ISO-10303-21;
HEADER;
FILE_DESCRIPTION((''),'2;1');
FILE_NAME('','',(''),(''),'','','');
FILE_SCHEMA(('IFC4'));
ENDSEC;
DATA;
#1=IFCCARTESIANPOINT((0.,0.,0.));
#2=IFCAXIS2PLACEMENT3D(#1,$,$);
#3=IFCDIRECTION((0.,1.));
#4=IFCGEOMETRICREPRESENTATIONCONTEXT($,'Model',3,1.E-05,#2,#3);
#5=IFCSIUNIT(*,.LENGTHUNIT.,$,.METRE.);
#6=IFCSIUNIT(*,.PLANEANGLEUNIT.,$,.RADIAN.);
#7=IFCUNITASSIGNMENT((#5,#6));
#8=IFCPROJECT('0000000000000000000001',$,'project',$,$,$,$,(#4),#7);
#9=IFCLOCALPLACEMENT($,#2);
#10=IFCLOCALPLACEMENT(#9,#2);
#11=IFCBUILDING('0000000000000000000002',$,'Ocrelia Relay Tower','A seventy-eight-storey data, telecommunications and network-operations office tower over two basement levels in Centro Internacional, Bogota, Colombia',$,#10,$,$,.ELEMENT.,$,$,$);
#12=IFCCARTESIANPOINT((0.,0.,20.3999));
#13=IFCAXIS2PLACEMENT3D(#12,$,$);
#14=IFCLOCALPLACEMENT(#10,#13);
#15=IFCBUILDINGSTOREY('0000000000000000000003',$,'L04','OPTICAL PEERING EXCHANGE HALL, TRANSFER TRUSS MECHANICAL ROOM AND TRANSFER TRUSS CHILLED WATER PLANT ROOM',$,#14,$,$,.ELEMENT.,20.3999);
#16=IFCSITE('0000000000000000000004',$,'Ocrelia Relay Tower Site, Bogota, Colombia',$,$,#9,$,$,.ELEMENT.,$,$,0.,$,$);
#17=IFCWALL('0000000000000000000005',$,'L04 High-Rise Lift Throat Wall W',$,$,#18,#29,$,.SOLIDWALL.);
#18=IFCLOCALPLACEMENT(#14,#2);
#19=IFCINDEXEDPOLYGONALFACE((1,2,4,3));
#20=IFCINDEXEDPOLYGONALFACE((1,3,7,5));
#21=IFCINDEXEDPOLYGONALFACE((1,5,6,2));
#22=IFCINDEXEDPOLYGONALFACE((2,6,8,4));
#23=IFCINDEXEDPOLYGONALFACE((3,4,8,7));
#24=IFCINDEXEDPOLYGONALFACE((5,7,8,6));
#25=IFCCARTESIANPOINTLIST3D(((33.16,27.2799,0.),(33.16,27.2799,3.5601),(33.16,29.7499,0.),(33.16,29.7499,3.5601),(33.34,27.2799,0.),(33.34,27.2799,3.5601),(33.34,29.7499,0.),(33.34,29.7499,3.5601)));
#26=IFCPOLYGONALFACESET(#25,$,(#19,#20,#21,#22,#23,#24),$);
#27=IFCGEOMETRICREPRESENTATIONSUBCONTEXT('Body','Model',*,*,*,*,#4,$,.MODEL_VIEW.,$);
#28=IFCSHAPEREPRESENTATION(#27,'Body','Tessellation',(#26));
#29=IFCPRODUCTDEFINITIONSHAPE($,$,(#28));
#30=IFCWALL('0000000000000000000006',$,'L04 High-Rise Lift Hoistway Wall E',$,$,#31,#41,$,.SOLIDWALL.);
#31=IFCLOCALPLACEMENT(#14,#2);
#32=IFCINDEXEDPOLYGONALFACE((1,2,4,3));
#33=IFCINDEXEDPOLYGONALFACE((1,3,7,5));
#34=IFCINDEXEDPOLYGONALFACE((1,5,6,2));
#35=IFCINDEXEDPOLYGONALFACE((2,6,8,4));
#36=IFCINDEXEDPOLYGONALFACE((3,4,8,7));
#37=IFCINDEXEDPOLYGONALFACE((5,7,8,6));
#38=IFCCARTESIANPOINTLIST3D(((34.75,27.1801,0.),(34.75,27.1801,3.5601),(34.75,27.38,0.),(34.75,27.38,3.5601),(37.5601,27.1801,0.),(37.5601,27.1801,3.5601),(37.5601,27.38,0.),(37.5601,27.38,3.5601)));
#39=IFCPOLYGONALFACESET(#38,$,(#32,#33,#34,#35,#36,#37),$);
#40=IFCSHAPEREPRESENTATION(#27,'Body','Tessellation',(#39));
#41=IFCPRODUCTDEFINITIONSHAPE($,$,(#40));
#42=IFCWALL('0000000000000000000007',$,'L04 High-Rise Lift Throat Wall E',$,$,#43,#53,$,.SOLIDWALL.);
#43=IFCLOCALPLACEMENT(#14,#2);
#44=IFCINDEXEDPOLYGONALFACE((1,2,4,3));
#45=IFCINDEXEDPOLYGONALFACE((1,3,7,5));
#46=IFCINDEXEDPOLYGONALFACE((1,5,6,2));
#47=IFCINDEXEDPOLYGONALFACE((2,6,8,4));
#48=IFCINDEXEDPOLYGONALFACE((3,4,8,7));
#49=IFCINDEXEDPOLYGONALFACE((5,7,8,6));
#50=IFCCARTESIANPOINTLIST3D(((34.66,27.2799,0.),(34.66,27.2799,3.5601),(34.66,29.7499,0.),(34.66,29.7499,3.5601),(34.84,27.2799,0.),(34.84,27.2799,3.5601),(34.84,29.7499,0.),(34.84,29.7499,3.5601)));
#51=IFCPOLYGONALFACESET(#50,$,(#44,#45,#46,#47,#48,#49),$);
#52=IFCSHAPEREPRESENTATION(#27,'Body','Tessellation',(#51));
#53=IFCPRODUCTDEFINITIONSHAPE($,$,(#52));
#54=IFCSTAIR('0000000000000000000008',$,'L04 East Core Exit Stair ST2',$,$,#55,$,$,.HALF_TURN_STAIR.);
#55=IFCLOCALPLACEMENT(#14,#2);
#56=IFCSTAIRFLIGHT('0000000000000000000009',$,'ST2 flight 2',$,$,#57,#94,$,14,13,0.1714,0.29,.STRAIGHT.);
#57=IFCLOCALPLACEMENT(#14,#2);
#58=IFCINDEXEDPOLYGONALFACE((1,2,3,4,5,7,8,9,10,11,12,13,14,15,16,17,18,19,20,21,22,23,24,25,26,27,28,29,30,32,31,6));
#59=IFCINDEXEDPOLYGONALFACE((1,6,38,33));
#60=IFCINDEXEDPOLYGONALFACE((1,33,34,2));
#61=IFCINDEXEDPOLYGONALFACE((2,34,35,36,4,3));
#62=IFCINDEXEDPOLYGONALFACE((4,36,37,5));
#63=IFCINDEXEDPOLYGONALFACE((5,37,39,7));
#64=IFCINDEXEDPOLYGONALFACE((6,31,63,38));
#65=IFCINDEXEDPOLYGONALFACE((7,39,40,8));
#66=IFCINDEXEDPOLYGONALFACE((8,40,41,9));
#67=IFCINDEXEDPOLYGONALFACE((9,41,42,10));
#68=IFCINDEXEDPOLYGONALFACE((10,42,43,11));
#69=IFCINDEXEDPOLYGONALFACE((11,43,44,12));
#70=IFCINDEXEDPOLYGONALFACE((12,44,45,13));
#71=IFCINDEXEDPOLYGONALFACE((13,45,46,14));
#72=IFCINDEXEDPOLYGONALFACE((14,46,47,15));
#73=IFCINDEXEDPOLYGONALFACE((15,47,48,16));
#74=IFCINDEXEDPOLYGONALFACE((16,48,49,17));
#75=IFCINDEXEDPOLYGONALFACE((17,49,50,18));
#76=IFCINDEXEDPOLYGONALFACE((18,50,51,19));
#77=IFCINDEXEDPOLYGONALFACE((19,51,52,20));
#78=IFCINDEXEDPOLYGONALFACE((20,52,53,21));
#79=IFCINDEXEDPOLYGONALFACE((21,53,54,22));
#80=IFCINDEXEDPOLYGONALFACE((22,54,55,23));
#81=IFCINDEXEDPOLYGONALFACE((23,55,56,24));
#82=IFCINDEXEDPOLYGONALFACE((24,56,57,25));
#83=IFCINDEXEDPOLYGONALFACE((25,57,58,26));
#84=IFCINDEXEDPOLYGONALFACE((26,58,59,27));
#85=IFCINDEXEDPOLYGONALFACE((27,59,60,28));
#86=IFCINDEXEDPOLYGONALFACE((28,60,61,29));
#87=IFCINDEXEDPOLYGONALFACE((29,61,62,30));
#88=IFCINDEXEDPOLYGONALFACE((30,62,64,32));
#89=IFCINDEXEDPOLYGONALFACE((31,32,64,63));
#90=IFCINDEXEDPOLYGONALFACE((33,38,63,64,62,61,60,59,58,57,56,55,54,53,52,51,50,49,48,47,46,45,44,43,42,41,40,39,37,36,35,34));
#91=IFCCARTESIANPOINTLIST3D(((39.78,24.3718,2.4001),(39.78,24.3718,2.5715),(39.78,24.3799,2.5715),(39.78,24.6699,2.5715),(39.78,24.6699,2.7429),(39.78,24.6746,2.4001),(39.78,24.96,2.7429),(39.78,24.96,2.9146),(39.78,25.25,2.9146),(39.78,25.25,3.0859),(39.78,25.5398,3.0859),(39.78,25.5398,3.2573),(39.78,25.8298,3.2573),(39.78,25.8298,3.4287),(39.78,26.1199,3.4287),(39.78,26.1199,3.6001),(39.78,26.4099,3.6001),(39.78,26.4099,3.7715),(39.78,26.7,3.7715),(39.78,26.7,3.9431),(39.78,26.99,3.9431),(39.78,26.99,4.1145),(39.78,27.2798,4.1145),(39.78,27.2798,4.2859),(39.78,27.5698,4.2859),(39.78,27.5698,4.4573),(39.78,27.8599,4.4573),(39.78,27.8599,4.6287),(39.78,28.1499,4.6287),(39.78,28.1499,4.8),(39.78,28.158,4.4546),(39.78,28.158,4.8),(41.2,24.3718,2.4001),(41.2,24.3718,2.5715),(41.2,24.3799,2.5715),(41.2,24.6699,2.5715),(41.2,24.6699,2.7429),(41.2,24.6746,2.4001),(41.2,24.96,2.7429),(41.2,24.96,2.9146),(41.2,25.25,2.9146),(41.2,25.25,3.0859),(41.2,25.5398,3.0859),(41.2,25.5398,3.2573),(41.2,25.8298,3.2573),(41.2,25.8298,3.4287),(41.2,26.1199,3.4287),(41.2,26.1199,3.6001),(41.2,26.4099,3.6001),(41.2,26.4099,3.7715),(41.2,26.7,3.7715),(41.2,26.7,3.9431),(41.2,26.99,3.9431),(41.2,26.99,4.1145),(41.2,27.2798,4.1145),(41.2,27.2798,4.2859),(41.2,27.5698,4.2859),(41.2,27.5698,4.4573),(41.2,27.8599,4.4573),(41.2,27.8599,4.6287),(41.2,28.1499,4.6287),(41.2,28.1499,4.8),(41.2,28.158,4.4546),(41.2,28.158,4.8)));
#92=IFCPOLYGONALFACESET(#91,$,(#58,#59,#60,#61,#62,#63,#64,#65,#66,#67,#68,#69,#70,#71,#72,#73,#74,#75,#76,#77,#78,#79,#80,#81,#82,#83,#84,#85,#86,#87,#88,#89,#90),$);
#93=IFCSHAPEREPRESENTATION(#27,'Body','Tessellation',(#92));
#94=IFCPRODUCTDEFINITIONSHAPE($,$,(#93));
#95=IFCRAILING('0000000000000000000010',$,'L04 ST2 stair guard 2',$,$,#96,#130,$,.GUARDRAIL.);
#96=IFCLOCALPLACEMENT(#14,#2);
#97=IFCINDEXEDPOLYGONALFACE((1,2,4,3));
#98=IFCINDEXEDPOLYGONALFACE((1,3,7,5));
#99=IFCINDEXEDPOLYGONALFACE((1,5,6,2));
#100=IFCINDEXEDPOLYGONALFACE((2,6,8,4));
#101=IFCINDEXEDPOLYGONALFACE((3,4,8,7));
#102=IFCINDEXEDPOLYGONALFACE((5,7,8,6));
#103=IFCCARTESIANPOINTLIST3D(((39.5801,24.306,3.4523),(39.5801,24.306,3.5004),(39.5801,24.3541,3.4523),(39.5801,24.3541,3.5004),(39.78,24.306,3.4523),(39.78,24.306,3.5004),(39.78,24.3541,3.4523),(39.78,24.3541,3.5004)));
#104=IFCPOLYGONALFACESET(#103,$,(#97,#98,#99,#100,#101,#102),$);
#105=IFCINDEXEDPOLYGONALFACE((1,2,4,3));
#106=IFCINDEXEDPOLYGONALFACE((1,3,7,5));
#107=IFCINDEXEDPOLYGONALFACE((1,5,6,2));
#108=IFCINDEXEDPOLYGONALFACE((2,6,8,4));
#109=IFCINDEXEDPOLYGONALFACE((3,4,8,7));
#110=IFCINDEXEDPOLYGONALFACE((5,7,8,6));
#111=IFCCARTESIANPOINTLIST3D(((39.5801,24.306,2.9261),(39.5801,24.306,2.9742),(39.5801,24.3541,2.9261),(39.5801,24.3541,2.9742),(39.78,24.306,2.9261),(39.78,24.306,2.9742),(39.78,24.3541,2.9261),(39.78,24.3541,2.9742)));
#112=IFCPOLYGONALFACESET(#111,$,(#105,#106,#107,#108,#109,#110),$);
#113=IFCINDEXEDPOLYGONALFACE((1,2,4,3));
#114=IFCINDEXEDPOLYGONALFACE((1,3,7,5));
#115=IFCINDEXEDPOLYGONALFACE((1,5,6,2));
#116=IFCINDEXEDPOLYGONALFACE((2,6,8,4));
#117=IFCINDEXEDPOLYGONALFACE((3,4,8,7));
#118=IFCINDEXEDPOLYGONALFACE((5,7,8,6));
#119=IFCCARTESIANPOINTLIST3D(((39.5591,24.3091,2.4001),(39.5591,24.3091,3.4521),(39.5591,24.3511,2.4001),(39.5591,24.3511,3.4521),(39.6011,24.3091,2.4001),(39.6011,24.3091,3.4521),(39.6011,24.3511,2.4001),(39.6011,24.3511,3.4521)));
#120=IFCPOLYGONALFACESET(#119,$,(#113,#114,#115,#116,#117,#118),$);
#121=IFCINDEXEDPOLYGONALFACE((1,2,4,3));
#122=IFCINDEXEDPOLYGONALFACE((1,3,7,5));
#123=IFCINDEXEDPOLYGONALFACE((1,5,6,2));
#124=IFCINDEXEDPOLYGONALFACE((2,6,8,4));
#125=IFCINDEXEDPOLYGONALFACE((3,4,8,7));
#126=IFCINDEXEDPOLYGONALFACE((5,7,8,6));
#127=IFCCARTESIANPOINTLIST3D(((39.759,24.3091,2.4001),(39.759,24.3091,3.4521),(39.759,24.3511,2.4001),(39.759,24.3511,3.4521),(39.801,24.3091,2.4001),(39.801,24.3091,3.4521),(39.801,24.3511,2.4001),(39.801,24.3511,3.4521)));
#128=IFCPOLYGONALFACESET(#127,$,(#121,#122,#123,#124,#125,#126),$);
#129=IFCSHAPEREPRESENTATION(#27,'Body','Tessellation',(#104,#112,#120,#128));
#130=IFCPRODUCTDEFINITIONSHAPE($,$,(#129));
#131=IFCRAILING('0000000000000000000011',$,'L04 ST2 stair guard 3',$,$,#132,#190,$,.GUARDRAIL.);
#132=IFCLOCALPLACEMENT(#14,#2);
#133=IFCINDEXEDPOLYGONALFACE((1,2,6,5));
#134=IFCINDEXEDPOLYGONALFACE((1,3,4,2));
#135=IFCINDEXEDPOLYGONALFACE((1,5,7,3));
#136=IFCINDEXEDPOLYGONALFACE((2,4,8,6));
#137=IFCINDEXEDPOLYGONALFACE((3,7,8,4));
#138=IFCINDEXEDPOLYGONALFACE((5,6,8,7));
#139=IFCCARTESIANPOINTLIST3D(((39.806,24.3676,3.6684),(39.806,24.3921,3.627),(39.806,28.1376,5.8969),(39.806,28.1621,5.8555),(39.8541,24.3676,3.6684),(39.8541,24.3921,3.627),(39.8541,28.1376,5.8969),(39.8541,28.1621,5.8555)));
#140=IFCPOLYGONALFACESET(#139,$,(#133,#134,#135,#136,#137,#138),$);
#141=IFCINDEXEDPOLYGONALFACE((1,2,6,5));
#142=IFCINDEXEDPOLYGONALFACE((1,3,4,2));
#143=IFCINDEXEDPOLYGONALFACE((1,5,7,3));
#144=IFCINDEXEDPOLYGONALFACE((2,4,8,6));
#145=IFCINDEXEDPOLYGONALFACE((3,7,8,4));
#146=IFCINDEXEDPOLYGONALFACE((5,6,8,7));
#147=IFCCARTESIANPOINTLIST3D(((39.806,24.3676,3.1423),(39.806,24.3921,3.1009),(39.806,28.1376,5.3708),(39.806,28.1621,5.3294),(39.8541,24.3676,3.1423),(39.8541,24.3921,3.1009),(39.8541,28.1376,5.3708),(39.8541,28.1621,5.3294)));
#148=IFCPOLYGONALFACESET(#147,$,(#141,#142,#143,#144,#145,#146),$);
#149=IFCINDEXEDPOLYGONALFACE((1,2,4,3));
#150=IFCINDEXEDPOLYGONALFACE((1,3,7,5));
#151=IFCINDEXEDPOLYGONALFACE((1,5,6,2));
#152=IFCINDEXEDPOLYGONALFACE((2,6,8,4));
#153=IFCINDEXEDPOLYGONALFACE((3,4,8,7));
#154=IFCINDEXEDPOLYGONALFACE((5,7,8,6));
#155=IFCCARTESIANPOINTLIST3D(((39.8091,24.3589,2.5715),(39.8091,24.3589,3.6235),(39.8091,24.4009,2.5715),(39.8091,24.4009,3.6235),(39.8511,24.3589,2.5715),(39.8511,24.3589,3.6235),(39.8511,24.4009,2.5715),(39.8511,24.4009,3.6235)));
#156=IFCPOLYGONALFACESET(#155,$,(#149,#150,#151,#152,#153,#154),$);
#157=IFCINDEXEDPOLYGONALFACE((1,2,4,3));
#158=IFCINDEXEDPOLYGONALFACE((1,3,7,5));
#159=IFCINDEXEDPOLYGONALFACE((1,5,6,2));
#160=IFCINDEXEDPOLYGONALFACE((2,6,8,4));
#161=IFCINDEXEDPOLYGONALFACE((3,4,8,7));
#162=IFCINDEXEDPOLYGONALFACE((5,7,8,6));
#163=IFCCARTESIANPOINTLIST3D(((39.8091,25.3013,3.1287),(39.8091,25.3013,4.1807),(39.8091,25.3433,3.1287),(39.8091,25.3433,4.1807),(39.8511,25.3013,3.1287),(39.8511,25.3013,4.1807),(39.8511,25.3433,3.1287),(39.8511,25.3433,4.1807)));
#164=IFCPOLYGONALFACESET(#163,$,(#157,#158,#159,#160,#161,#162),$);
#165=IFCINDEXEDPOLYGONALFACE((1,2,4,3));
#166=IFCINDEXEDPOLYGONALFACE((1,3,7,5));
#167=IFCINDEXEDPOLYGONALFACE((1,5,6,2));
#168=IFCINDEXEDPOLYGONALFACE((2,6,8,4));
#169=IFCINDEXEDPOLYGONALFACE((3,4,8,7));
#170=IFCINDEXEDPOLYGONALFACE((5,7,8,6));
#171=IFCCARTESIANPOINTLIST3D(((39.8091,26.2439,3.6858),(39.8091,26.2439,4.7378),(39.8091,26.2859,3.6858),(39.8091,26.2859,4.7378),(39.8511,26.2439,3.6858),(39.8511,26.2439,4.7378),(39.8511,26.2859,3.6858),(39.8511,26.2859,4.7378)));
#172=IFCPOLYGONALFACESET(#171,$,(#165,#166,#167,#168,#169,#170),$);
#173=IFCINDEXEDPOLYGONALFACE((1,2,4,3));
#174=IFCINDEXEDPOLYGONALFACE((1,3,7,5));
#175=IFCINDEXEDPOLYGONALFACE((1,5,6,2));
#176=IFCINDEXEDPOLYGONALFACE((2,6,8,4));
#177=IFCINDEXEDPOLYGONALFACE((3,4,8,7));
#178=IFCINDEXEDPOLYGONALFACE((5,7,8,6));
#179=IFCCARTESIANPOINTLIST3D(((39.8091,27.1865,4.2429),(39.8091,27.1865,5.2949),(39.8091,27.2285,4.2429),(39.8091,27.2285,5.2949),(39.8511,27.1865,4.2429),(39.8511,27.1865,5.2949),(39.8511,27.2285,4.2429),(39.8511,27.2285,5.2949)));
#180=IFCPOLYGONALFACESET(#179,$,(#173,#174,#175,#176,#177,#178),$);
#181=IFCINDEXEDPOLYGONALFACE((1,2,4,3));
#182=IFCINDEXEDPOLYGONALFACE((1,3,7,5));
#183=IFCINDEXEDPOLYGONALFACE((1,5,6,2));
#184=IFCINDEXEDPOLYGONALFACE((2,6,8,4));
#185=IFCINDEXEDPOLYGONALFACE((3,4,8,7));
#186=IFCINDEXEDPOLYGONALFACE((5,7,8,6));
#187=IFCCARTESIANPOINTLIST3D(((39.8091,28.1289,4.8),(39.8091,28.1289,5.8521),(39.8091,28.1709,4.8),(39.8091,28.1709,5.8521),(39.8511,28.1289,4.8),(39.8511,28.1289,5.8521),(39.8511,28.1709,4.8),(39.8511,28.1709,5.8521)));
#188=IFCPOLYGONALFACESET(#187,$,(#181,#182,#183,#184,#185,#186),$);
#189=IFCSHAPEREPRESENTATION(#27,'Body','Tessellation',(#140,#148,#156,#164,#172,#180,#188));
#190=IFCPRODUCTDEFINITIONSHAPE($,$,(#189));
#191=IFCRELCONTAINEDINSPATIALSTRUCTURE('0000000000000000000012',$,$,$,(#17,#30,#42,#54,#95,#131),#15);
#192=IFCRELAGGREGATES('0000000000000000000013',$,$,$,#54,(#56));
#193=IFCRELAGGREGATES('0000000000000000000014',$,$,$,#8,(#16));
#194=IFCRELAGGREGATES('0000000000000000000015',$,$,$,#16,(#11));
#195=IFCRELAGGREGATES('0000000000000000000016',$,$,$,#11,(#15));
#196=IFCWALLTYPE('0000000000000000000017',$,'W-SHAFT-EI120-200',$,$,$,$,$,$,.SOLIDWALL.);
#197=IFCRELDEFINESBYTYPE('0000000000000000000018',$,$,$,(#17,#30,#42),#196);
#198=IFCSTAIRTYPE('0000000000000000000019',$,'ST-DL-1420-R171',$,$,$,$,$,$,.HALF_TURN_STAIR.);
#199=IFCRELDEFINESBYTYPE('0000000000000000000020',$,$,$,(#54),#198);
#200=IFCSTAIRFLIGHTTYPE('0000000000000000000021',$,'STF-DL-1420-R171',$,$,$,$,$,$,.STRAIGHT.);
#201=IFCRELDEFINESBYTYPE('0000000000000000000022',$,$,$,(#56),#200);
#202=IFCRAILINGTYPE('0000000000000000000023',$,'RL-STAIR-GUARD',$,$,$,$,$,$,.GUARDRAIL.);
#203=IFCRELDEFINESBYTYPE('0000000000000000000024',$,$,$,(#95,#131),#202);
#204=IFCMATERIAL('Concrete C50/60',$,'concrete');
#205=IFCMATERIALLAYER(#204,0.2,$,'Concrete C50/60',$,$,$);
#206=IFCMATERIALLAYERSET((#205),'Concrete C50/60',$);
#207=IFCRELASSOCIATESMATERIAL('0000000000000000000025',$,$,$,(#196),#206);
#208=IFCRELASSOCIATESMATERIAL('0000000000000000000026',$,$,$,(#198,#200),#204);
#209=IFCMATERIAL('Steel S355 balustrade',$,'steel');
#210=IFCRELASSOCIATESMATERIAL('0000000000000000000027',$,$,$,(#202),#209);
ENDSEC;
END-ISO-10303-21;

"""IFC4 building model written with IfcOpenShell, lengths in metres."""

from ifc_helpers import new_model, si_unit, direction, frame, frame_2d, origin, origin_2d, place, context, subcontext, project, spatial, polyline, rectangle, outline, extrude, material, layer, layer_set, type_object, element, aggregate, save


model = new_model("IFC4")

# Units and contexts
model_context = context("Model", 3, precision=1e-05, world=origin(), true_north=direction((0.0, 1.0)))
body_context = subcontext(model_context, "Body", "Model", "MODEL_VIEW")
ifc_project = project(units=[si_unit("LENGTHUNIT", "METRE"), si_unit("PLANEANGLEUNIT", "RADIAN")], contexts=[model_context])

# Site, building, storey
site_placement = place(None, origin())
site = spatial("IfcSite", under=ifc_project, at=site_placement, Name="Ocrelia Relay Tower Site, Bogota, Colombia", CompositionType="ELEMENT", RefElevation=0.0)
building_placement = place(site_placement, origin())
building = spatial("IfcBuilding", under=site, at=building_placement, Name="Ocrelia Relay Tower", Description="A seventy-eight-storey data, telecommunications and network-operations office tower over two basement levels in Centro Internacional, Bogota, Colombia", CompositionType="ELEMENT")
storey_placement = place(building_placement, frame((0.0, 0.0, 20.3999)))
storey = spatial("IfcBuildingStorey", under=building, at=storey_placement, Name="L04", Description="OPTICAL PEERING EXCHANGE HALL, TRANSFER TRUSS MECHANICAL ROOM AND TRANSFER TRUSS CHILLED WATER PLANT ROOM", CompositionType="ELEMENT", Elevation=20.3999)

# Shared definitions
ifc_material_1 = material(Name="Concrete C50/60", Category="concrete")
ifc_layer_1 = layer(ifc_material_1, 0.2, Name="Concrete C50/60")
ifc_layer_set_1 = layer_set([ifc_layer_1], Name="Concrete C50/60")
wall_type_1 = type_object("IfcWallType", Name="W-SHAFT-EI120-200", PredefinedType="SOLIDWALL", material=ifc_layer_set_1)

# Walls
wall_1_placement = place(storey_placement, frame((33.25, 27.28, 0.0), z_axis=(0.0, 0.0, 1.0), x_axis=(0.0, 1.0, 0.0)))
element("IfcWall", 1, at=wall_1_placement, inside=storey, type_object=wall_type_1, Name="L04 High-Rise Lift Throat Wall W", PredefinedType="SOLIDWALL", context=body_context, shape_type="SweptSolid", body=[
    extrude(rectangle(XDim=2.47, YDim=0.1799, at=frame_2d((1.2349, 0.0))), origin(), (0.0, 0.0, 1.0), 3.5601),
])
wall_2_placement = place(storey_placement, frame((34.75, 27.28, 0.0), z_axis=(0.0, 0.0, 1.0), x_axis=(1.0, 0.0, 0.0)))
element("IfcWall", 2, at=wall_2_placement, inside=storey, type_object=wall_type_1, Name="L04 High-Rise Lift Hoistway Wall E", PredefinedType="SOLIDWALL", context=body_context, shape_type="SweptSolid", body=[
    extrude(rectangle(XDim=2.8101, YDim=0.2, at=frame_2d((1.405, 0.0))), origin(), (0.0, 0.0, 1.0), 3.5601),
])
wall_3_placement = place(storey_placement, frame((34.75, 27.28, 0.0), z_axis=(0.0, 0.0, 1.0), x_axis=(0.0, 1.0, 0.0)))
element("IfcWall", 3, at=wall_3_placement, inside=storey, type_object=wall_type_1, Name="L04 High-Rise Lift Throat Wall E", PredefinedType="SOLIDWALL", context=body_context, shape_type="SweptSolid", body=[
    extrude(rectangle(XDim=2.47, YDim=0.1799, at=frame_2d((1.2349, 0.0))), origin(), (0.0, 0.0, 1.0), 3.5601),
])

# Stair, stair flight
stair_type = type_object("IfcStairType", Name="ST-DL-1420-R171", PredefinedType="HALF_TURN_STAIR", material=ifc_material_1)
stair_placement = place(storey_placement, origin())
stair = element("IfcStair", 4, at=stair_placement, inside=storey, type_object=stair_type, Name="L04 East Core Exit Stair ST2", PredefinedType="HALF_TURN_STAIR")
stair_flight_type = type_object("IfcStairFlightType", Name="STF-DL-1420-R171", PredefinedType="STRAIGHT", material=ifc_material_1)
stair_flight_placement = place(storey_placement, frame((40.49, 24.3799, 2.4001), z_axis=(0.0, 0.0, 1.0), x_axis=(0.0, 1.0, 0.0)))
stair_flight = element("IfcStairFlight", 5, at=stair_flight_placement, type_object=stair_flight_type, Name="ST2 flight 2", NumberOfRisers=14, NumberOfTreads=13, PredefinedType="STRAIGHT", RiserHeight=0.1714, TreadLength=0.29, context=body_context, shape_type="SweptSolid", body=[
    extrude(outline(polyline([(-0.0081, 0.0), (-0.0081, 0.1714), (0.0, 0.1714), (0.29, 0.1714), (0.29, 0.3428), (0.5801, 0.3428), (0.5801, 0.5144), (0.8701, 0.5144), (0.8701, 0.6858), (1.1599, 0.6858), (1.1599, 0.8572), (1.45, 0.8572), (1.45, 1.0286), (1.74, 1.0286), (1.74, 1.2), (2.03, 1.2), (2.03, 1.3713), (2.3201, 1.3713), (2.3201, 1.543), (2.6101, 1.543), (2.6101, 1.7144), (2.8999, 1.7144), (2.8999, 1.8857), (3.1899, 1.8857), (3.1899, 2.0571), (3.48, 2.0571), (3.48, 2.2285), (3.77, 2.2285), (3.77, 2.3999), (3.7781, 2.3999), (3.7781, 2.0544), (0.2947, 0.0), (-0.0081, 0.0)])), frame((0.0, 0.71, 0.0), z_axis=(0.0, -1.0, 0.0), x_axis=(1.0, 0.0, 0.0)), (0.0, 0.0, 1.0), 1.4199),
])
aggregate(stair, [stair_flight])

# Railings
ifc_material_2 = material(Name="Steel S355 balustrade", Category="steel")
railing_type_1 = type_object("IfcRailingType", Name="RL-STAIR-GUARD", PredefinedType="GUARDRAIL", material=ifc_material_2)
railing_1_placement = place(storey_placement, frame((39.5801, 24.3301, 2.4001)))
element("IfcRailing", 6, at=railing_1_placement, inside=storey, type_object=railing_type_1, Name="L04 ST2 stair guard 2", PredefinedType="GUARDRAIL", context=body_context, shape_type="SweptSolid", body=[
    extrude(rectangle(XDim=0.0481, YDim=0.0481, at=origin_2d()), frame((0.0, 0.0, 1.0762), z_axis=(1.0, 0.0, 0.0), x_axis=(0.0, 1.0, 0.0)), (0.0, 0.0, 1.0), 0.2),
    extrude(rectangle(XDim=0.0481, YDim=0.0481, at=origin_2d()), frame((0.0, 0.0, 0.55), z_axis=(1.0, 0.0, 0.0), x_axis=(0.0, 1.0, 0.0)), (0.0, 0.0, 1.0), 0.2),
    extrude(rectangle(XDim=0.042, YDim=0.042, at=origin_2d()), origin(), (0.0, 0.0, 1.0), 1.052),
    extrude(rectangle(XDim=0.042, YDim=0.042, at=origin_2d()), frame((0.2, 0.0, 0.0)), (0.0, 0.0, 1.0), 1.052),
])
railing_2_placement = place(storey_placement, frame((39.8301, 24.3799, 2.5715)))
element("IfcRailing", 7, at=railing_2_placement, inside=storey, type_object=railing_type_1, Name="L04 ST2 stair guard 3", PredefinedType="GUARDRAIL", context=body_context, shape_type="SweptSolid", body=[
    extrude(rectangle(XDim=0.0481, YDim=0.0481, at=origin_2d()), frame((0.0, 0.0, 1.0762), z_axis=(0.0, 0.860849, 0.508861), x_axis=(-1.0, 0.0, 0.0)), (0.0, 0.0, 1.0), 4.3794),
    extrude(rectangle(XDim=0.0481, YDim=0.0481, at=origin_2d()), frame((0.0, 0.0, 0.55), z_axis=(0.0, 0.860849, 0.508861), x_axis=(-1.0, 0.0, 0.0)), (0.0, 0.0, 1.0), 4.3794),
    extrude(rectangle(XDim=0.042, YDim=0.042, at=origin_2d()), origin(), (0.0, 0.0, 1.0), 1.052),
    extrude(rectangle(XDim=0.042, YDim=0.042, at=origin_2d()), frame((0.0, 0.9424, 0.5571)), (0.0, 0.0, 1.0), 1.052),
    extrude(rectangle(XDim=0.042, YDim=0.042, at=origin_2d()), frame((0.0, 1.885, 1.1143)), (0.0, 0.0, 1.0), 1.052),
    extrude(rectangle(XDim=0.042, YDim=0.042, at=origin_2d()), frame((0.0, 2.8276, 1.6714)), (0.0, 0.0, 1.0), 1.052),
    extrude(rectangle(XDim=0.042, YDim=0.042, at=origin_2d()), frame((0.0, 3.77, 2.2285)), (0.0, 0.0, 1.0), 1.052),
])

save(model, "model.ifc")
